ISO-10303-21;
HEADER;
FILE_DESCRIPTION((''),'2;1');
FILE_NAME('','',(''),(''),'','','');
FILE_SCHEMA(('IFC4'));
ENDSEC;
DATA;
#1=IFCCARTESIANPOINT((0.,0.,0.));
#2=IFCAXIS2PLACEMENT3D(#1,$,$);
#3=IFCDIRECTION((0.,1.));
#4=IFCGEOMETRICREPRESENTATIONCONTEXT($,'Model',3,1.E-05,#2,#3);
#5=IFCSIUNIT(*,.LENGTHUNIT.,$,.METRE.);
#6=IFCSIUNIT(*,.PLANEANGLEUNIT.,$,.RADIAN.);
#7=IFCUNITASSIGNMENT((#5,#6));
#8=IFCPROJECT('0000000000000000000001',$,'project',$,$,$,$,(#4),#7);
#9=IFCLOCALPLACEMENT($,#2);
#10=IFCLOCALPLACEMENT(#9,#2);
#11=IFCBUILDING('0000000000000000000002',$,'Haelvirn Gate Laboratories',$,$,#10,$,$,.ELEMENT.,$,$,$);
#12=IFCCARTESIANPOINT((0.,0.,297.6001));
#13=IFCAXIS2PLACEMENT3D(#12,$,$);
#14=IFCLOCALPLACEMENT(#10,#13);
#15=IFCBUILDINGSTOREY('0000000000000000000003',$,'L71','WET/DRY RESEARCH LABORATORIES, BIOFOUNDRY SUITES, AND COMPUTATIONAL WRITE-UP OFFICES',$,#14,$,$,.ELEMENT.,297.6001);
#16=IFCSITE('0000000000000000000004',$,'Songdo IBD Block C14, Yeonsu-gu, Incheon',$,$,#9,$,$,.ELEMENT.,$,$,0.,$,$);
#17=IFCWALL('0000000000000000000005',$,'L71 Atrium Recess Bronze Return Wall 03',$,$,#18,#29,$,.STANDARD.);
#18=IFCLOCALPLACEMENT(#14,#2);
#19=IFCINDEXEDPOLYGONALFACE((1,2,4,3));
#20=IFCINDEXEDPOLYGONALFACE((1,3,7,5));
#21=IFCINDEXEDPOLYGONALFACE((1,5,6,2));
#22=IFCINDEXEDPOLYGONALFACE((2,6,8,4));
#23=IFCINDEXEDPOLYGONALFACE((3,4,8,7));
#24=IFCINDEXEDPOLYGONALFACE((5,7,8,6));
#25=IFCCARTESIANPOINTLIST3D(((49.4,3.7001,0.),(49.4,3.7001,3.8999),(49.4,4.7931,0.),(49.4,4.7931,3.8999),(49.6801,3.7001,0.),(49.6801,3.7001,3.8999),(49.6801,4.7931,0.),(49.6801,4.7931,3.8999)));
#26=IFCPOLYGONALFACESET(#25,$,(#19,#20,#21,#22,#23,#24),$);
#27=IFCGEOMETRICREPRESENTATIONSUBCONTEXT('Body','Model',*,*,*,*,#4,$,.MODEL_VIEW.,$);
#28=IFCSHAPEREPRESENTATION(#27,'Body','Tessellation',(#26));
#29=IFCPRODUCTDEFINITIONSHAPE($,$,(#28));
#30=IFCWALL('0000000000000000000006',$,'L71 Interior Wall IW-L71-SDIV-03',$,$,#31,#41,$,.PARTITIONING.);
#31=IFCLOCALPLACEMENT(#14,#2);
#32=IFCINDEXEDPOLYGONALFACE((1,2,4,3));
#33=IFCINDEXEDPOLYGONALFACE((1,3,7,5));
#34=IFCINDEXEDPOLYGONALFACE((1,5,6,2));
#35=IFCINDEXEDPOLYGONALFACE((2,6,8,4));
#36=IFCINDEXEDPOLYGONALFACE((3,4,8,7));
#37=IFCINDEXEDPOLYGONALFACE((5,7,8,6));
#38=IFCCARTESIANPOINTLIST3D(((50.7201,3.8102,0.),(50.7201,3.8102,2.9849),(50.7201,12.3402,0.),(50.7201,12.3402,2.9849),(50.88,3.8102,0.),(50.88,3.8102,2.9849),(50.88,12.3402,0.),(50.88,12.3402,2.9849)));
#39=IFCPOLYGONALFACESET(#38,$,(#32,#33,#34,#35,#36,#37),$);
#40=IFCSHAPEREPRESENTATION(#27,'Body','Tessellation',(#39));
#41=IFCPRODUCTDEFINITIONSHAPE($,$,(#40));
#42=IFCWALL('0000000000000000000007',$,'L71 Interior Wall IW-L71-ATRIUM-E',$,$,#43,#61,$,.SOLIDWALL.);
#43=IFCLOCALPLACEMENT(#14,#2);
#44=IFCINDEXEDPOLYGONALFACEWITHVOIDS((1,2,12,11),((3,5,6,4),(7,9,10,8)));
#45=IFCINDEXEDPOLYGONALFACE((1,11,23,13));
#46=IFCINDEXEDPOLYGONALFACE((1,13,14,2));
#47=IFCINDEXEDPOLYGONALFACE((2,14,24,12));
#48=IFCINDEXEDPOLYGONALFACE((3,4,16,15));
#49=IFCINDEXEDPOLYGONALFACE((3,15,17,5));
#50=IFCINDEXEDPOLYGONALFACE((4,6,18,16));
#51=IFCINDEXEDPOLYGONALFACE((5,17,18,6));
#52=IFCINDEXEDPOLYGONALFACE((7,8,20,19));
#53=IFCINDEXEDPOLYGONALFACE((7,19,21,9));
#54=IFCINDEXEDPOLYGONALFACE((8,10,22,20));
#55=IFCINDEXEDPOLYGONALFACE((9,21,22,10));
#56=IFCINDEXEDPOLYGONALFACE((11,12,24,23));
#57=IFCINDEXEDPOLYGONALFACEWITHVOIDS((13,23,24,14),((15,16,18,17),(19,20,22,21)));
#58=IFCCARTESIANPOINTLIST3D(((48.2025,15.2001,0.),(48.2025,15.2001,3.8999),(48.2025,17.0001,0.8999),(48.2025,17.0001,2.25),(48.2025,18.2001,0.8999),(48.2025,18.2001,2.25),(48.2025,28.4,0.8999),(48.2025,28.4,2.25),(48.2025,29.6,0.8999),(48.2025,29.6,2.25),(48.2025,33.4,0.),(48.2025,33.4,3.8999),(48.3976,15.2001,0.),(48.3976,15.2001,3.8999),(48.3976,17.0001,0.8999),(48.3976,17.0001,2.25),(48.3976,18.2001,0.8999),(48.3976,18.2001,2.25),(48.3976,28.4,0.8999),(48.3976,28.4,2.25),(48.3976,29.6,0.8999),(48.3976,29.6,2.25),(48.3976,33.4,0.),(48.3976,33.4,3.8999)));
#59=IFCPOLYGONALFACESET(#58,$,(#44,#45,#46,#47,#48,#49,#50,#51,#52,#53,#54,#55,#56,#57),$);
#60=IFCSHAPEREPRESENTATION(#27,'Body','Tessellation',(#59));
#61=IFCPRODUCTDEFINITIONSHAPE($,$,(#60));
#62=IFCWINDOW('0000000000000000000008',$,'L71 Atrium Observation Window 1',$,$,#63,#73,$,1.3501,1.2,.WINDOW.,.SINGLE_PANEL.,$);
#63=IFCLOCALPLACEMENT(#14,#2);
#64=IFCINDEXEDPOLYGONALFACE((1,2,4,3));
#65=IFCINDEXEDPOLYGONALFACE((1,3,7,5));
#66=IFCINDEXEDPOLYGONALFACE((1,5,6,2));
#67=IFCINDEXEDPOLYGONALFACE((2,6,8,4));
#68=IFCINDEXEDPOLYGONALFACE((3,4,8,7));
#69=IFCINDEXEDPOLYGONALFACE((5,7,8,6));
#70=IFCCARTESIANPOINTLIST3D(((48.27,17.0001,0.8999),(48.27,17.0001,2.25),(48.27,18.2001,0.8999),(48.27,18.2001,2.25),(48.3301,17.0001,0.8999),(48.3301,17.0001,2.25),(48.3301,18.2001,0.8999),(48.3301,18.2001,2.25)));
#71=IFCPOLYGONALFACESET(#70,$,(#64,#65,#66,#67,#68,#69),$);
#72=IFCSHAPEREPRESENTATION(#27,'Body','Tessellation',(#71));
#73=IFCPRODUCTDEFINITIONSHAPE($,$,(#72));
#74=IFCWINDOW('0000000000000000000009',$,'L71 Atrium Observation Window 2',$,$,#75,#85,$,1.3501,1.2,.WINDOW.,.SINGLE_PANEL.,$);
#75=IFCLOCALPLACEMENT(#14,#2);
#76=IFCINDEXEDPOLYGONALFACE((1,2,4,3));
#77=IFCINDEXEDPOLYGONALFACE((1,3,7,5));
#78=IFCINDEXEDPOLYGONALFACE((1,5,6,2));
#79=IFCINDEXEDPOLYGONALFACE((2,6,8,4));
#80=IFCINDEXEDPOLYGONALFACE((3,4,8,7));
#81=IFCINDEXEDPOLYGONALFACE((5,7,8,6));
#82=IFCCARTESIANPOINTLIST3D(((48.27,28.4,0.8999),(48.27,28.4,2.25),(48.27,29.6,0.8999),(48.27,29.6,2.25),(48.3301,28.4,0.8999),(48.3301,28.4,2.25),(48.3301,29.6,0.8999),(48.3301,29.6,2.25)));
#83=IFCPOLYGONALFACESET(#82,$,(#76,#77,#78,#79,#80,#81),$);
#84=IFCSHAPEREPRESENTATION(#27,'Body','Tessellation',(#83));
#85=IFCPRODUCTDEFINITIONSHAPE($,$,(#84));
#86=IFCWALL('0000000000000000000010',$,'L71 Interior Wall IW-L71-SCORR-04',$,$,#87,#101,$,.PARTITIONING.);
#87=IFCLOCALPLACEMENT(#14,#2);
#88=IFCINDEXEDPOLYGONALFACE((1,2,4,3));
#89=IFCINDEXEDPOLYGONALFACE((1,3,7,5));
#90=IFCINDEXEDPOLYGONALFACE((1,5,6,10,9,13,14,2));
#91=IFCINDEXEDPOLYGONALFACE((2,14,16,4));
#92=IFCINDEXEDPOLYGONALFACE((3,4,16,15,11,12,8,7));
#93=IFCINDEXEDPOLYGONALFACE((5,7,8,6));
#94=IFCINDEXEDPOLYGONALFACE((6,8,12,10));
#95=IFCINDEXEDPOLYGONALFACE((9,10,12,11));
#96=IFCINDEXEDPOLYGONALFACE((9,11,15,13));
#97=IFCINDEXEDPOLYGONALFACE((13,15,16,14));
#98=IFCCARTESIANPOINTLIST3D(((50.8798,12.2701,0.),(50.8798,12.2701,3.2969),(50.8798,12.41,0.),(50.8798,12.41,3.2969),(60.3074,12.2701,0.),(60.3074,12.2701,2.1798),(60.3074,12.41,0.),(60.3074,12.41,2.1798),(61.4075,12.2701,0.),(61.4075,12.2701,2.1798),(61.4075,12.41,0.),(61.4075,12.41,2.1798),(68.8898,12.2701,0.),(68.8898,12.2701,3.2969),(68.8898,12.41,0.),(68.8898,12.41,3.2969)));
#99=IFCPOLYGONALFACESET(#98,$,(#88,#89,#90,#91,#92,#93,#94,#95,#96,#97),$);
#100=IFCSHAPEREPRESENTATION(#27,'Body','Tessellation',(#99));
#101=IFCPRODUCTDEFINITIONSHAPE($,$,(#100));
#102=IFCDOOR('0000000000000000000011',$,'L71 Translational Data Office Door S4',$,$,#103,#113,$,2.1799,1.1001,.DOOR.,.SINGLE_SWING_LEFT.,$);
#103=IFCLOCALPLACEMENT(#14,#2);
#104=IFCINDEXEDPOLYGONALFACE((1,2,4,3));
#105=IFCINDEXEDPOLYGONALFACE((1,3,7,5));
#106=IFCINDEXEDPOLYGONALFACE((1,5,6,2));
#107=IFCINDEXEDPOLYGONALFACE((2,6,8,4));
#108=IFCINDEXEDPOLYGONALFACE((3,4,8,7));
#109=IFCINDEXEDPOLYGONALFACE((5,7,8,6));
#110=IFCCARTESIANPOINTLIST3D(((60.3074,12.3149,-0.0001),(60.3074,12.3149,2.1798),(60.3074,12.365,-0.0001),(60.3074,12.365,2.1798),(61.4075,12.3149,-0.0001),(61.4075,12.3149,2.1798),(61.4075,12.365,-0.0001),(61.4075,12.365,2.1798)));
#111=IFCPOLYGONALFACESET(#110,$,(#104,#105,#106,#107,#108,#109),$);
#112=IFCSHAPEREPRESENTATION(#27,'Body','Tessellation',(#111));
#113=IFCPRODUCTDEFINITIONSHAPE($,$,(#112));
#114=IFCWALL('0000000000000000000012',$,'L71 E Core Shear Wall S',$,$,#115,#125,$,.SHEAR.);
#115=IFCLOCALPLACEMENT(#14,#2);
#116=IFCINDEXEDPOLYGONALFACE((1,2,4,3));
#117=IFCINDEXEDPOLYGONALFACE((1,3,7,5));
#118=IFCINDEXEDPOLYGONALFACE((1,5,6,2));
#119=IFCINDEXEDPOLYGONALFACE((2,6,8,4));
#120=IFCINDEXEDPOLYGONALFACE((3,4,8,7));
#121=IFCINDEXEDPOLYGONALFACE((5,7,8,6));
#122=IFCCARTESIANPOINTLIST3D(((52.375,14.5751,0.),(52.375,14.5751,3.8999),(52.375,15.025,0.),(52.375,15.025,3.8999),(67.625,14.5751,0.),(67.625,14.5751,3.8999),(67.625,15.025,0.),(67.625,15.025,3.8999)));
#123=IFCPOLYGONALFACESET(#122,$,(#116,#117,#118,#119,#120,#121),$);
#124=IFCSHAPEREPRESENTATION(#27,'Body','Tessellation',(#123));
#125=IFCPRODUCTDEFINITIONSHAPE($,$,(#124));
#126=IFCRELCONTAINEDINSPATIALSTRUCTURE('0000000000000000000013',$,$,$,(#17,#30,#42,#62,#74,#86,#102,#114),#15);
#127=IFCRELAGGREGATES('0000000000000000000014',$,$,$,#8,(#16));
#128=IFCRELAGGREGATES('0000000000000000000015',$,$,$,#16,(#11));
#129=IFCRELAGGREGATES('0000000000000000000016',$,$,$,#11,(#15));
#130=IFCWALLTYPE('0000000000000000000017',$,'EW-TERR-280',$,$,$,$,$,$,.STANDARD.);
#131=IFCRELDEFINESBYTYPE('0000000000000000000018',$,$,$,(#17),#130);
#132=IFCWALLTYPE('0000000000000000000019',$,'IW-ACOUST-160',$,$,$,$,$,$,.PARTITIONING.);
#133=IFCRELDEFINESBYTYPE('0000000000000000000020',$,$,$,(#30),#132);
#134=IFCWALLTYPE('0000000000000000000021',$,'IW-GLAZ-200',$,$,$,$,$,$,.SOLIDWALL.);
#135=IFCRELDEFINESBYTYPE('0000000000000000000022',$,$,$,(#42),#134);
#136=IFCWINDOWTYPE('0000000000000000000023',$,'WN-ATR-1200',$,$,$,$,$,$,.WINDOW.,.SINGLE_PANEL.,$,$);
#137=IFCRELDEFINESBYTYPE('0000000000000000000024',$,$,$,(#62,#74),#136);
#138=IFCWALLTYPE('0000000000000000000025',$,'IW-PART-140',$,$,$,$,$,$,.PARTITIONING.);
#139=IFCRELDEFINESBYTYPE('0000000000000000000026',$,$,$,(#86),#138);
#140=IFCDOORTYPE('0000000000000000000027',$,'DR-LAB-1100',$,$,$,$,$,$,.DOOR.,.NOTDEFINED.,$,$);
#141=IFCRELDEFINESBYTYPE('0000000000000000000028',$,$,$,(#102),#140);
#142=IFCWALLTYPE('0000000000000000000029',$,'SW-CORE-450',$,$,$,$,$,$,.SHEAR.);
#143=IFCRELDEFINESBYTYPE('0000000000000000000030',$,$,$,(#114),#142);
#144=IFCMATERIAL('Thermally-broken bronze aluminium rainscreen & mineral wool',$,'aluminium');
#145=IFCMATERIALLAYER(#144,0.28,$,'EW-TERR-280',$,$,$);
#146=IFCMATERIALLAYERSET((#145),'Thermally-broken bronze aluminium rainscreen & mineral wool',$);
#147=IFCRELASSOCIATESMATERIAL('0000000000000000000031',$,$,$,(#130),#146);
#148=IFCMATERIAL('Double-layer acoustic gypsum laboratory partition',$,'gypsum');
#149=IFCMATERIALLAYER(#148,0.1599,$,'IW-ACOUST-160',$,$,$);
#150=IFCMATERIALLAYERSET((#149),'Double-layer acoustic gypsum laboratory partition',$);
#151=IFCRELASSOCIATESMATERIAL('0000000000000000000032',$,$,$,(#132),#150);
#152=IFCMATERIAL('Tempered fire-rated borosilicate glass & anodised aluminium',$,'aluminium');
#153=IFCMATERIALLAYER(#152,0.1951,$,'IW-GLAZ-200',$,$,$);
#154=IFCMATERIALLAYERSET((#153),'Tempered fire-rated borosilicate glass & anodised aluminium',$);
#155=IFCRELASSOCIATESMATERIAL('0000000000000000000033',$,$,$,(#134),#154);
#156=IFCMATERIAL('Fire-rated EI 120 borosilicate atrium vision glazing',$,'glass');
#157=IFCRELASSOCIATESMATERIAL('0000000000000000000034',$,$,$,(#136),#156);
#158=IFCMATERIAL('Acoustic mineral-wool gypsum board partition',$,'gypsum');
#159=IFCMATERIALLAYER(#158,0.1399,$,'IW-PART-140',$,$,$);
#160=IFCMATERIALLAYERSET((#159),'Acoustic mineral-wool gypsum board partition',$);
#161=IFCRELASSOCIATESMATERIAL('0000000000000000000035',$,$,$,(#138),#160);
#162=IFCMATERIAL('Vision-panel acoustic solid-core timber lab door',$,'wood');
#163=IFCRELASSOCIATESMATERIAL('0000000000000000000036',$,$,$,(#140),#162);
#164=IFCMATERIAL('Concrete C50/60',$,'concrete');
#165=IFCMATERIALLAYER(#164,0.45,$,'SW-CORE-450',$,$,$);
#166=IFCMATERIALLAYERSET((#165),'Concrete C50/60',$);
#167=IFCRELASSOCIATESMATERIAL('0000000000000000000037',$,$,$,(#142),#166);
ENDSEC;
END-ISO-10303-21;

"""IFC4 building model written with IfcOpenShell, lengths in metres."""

from ifc_helpers import new_model, si_unit, direction, frame, frame_2d, origin, place, context, subcontext, project, spatial, rectangle, extrude, source, transform, mapped, material, layer, layer_set, type_object, type_shapes, element, fill, save


model = new_model("IFC4")

# Units and contexts
model_context = context("Model", 3, precision=1e-05, world=origin(), true_north=direction((0.0, 1.0)))
body_context = subcontext(model_context, "Body", "Model", "MODEL_VIEW")
ifc_project = project(units=[si_unit("LENGTHUNIT", "METRE"), si_unit("PLANEANGLEUNIT", "RADIAN")], contexts=[model_context])

# Site, building, storey
site_placement = place(None, origin())
site = spatial("IfcSite", under=ifc_project, at=site_placement, Name="Songdo IBD Block C14, Yeonsu-gu, Incheon", CompositionType="ELEMENT", RefElevation=0.0)
building_placement = place(site_placement, origin())
building = spatial("IfcBuilding", under=site, at=building_placement, Name="Haelvirn Gate Laboratories", CompositionType="ELEMENT")
storey_placement = place(building_placement, frame((0.0, 0.0, 297.6001)))
storey = spatial("IfcBuildingStorey", under=building, at=storey_placement, Name="L71", Description="WET/DRY RESEARCH LABORATORIES, BIOFOUNDRY SUITES, AND COMPUTATIONAL WRITE-UP OFFICES", CompositionType="ELEMENT", Elevation=297.6001)

# Shared definitions
ifc_material_1 = material(Name="Concrete C50/60", Category="concrete")

# Shared definitions
ifc_material_2 = material(Name="Thermally-broken bronze aluminium rainscreen & mineral wool", Category="aluminium")
ifc_layer_1 = layer(ifc_material_2, 0.28, Name="EW-TERR-280")
ifc_layer_set_1 = layer_set([ifc_layer_1], Name="Thermally-broken bronze aluminium rainscreen & mineral wool")
wall_type_1 = type_object("IfcWallType", Name="EW-TERR-280", PredefinedType="STANDARD", material=ifc_layer_set_1)

# Walls
wall_1_placement = place(storey_placement, frame((49.54, 4.793, 0.0), z_axis=(0.0, 0.0, 1.0), x_axis=(0.0, -1.0, 0.0)))
element("IfcWall", 1, at=wall_1_placement, inside=storey, type_object=wall_type_1, Name="L71 Atrium Recess Bronze Return Wall 03", PredefinedType="STANDARD", context=body_context, shape_type="SweptSolid", body=[
    extrude(rectangle(XDim=1.093, YDim=0.28, at=frame_2d((0.5464, 0.0))), origin(), (0.0, 0.0, 1.0), 3.8999),
])
ifc_material_3 = material(Name="Double-layer acoustic gypsum laboratory partition", Category="gypsum")
ifc_layer_2 = layer(ifc_material_3, 0.1599, Name="IW-ACOUST-160")
ifc_layer_set_2 = layer_set([ifc_layer_2], Name="Double-layer acoustic gypsum laboratory partition")
wall_type_2 = type_object("IfcWallType", Name="IW-ACOUST-160", PredefinedType="PARTITIONING", material=ifc_layer_set_2)
wall_2_placement = place(storey_placement, frame((50.8, 3.8101, 0.0), z_axis=(0.0, 0.0, 1.0), x_axis=(0.0, 1.0, 0.0)))
element("IfcWall", 2, at=wall_2_placement, inside=storey, type_object=wall_type_2, Name="L71 Interior Wall IW-L71-SDIV-03", PredefinedType="PARTITIONING", context=body_context, shape_type="SweptSolid", body=[
    extrude(rectangle(XDim=8.53, YDim=0.1599, at=frame_2d((4.2651, 0.0))), origin(), (0.0, 0.0, 1.0), 2.9849),
])

# Wall, openings, windows
ifc_material_4 = material(Name="Tempered fire-rated borosilicate glass & anodised aluminium", Category="aluminium")
ifc_layer_3 = layer(ifc_material_4, 0.1951, Name="IW-GLAZ-200")
ifc_layer_set_3 = layer_set([ifc_layer_3], Name="Tempered fire-rated borosilicate glass & anodised aluminium")
wall_type_3 = type_object("IfcWallType", Name="IW-GLAZ-200", PredefinedType="SOLIDWALL", material=ifc_layer_set_3)
wall_3_placement = place(storey_placement, frame((48.3, 15.2, 0.0), z_axis=(0.0, 0.0, 1.0), x_axis=(0.0, 1.0, 0.0)))
wall_3 = element("IfcWall", 3, at=wall_3_placement, inside=storey, type_object=wall_type_3, Name="L71 Interior Wall IW-L71-ATRIUM-E", PredefinedType="SOLIDWALL", context=body_context, shape_type="SweptSolid", body=[
    extrude(rectangle(XDim=18.2, YDim=0.1951, at=frame_2d((9.1001, 0.0))), origin(), (0.0, 0.0, 1.0), 3.8999),
])
opening_1_placement = place(wall_3_placement, frame((1.8, 0.0, 0.8999)))
opening_1 = element("IfcOpeningElement", 4, at=opening_1_placement, cuts=wall_3, PredefinedType="OPENING", context=body_context, shape_type="SweptSolid", body=[
    extrude(rectangle(XDim=1.2, YDim=1.3501, at=frame_2d((0.6001, 0.675))), frame((0.0, 0.1074, 0.0), z_axis=(0.0, -1.0, 0.0), x_axis=(1.0, 0.0, 0.0)), (0.0, 0.0, 1.0), 0.2151),
])
opening_2_placement = place(wall_3_placement, frame((13.2, 0.0, 0.8999)))
opening_2 = element("IfcOpeningElement", 5, at=opening_2_placement, cuts=wall_3, PredefinedType="OPENING", context=body_context, shape_type="SweptSolid", body=[
    extrude(rectangle(XDim=1.2, YDim=1.3501, at=frame_2d((0.6001, 0.675))), frame((0.0, 0.1074, 0.0), z_axis=(0.0, -1.0, 0.0), x_axis=(1.0, 0.0, 0.0)), (0.0, 0.0, 1.0), 0.2151),
])
ifc_material_5 = material(Name="Fire-rated EI 120 borosilicate atrium vision glazing", Category="glass")
window_type_1 = type_object("IfcWindowType", Name="WN-ATR-1200", PartitioningType="SINGLE_PANEL", PredefinedType="WINDOW", material=ifc_material_5)
shared_shape_1 = source(origin(), body_context, "Body", "SweptSolid", [
    extrude(rectangle(XDim=1.2, YDim=1.3501, at=frame_2d((0.6001, 0.675))), frame((0.0, 0.03, 0.0), z_axis=(0.0, -1.0, 0.0), x_axis=(1.0, 0.0, 0.0)), (0.0, 0.0, 1.0), 0.0601),
])
type_shapes(window_type_1, [shared_shape_1])
window_1_placement = place(opening_1_placement, origin())
window_1 = element("IfcWindow", 6, at=window_1_placement, inside=storey, type_object=window_type_1, Name="L71 Atrium Observation Window 1", OverallHeight=1.3501, OverallWidth=1.2, PartitioningType="SINGLE_PANEL", PredefinedType="WINDOW", context=body_context, shape_type="MappedRepresentation", body=[
    mapped(shared_shape_1, transform((0.0, 0.0, 0.0), scale=1.0)),
])
fill(opening_1, window_1)
window_2_placement = place(opening_2_placement, origin())
window_2 = element("IfcWindow", 7, at=window_2_placement, inside=storey, type_object=window_type_1, Name="L71 Atrium Observation Window 2", OverallHeight=1.3501, OverallWidth=1.2, PartitioningType="SINGLE_PANEL", PredefinedType="WINDOW", context=body_context, shape_type="MappedRepresentation", body=[
    mapped(shared_shape_1, transform((0.0, 0.0, 0.0), scale=1.0)),
])
fill(opening_2, window_2)

# Wall, opening, door
ifc_material_6 = material(Name="Acoustic mineral-wool gypsum board partition", Category="gypsum")
ifc_layer_4 = layer(ifc_material_6, 0.1399, Name="IW-PART-140")
ifc_layer_set_4 = layer_set([ifc_layer_4], Name="Acoustic mineral-wool gypsum board partition")
wall_type_4 = type_object("IfcWallType", Name="IW-PART-140", PredefinedType="PARTITIONING", material=ifc_layer_set_4)
wall_4_placement = place(storey_placement, frame((50.8799, 12.3401, 0.0), z_axis=(0.0, 0.0, 1.0), x_axis=(1.0, 0.0, 0.0)))
wall_4 = element("IfcWall", 8, at=wall_4_placement, inside=storey, type_object=wall_type_4, Name="L71 Interior Wall IW-L71-SCORR-04", PredefinedType="PARTITIONING", context=body_context, shape_type="SweptSolid", body=[
    extrude(rectangle(XDim=18.01, YDim=0.1399, at=frame_2d((9.0049, 0.0))), origin(), (0.0, 0.0, 1.0), 3.2969),
])
opening_3_placement = place(wall_4_placement, frame((9.4275, 0.0, 0.0)))
opening_3 = element("IfcOpeningElement", 9, at=opening_3_placement, cuts=wall_4, PredefinedType="OPENING", context=body_context, shape_type="SweptSolid", body=[
    extrude(rectangle(XDim=1.1001, YDim=2.1799, at=frame_2d((0.55, 1.0898))), frame((0.0, 0.0801, 0.0), z_axis=(0.0, -1.0, 0.0), x_axis=(1.0, 0.0, 0.0)), (0.0, 0.0, 1.0), 0.1599),
])
ifc_material_7 = material(Name="Vision-panel acoustic solid-core timber lab door", Category="wood")
door_type_1 = type_object("IfcDoorType", Name="DR-LAB-1100", OperationType="NOTDEFINED", PredefinedType="DOOR", material=ifc_material_7)
shared_shape_2 = source(origin(), body_context, "Body", "SweptSolid", [
    extrude(rectangle(XDim=1.1001, YDim=2.1799, at=frame_2d((0.55, 1.0898))), frame((0.0, 0.0249, 0.0), z_axis=(0.0, -1.0, 0.0), x_axis=(1.0, 0.0, 0.0)), (0.0, 0.0, 1.0), 0.05),
])
type_shapes(door_type_1, [shared_shape_2])
door_1_placement = place(opening_3_placement, origin())
door_1 = element("IfcDoor", 10, at=door_1_placement, inside=storey, type_object=door_type_1, Name="L71 Translational Data Office Door S4", OperationType="SINGLE_SWING_LEFT", OverallHeight=2.1799, OverallWidth=1.1001, PredefinedType="DOOR", context=body_context, shape_type="MappedRepresentation", body=[
    mapped(shared_shape_2, transform((0.0, 0.0, 0.0), scale=1.0)),
])
fill(opening_3, door_1)

# Wall
ifc_layer_5 = layer(ifc_material_1, 0.45, Name="SW-CORE-450")
ifc_layer_set_5 = layer_set([ifc_layer_5], Name="Concrete C50/60")
wall_type_5 = type_object("IfcWallType", Name="SW-CORE-450", PredefinedType="SHEAR", material=ifc_layer_set_5)
wall_5_placement = place(storey_placement, frame((52.375, 14.8, 0.0), z_axis=(0.0, 0.0, 1.0), x_axis=(1.0, 0.0, 0.0)))
element("IfcWall", 11, at=wall_5_placement, inside=storey, type_object=wall_type_5, Name="L71 E Core Shear Wall S", PredefinedType="SHEAR", context=body_context, shape_type="SweptSolid", body=[
    extrude(rectangle(XDim=15.25, YDim=0.45, at=frame_2d((7.625, 0.0))), origin(), (0.0, 0.0, 1.0), 3.8999),
])

save(model, "model.ifc")
